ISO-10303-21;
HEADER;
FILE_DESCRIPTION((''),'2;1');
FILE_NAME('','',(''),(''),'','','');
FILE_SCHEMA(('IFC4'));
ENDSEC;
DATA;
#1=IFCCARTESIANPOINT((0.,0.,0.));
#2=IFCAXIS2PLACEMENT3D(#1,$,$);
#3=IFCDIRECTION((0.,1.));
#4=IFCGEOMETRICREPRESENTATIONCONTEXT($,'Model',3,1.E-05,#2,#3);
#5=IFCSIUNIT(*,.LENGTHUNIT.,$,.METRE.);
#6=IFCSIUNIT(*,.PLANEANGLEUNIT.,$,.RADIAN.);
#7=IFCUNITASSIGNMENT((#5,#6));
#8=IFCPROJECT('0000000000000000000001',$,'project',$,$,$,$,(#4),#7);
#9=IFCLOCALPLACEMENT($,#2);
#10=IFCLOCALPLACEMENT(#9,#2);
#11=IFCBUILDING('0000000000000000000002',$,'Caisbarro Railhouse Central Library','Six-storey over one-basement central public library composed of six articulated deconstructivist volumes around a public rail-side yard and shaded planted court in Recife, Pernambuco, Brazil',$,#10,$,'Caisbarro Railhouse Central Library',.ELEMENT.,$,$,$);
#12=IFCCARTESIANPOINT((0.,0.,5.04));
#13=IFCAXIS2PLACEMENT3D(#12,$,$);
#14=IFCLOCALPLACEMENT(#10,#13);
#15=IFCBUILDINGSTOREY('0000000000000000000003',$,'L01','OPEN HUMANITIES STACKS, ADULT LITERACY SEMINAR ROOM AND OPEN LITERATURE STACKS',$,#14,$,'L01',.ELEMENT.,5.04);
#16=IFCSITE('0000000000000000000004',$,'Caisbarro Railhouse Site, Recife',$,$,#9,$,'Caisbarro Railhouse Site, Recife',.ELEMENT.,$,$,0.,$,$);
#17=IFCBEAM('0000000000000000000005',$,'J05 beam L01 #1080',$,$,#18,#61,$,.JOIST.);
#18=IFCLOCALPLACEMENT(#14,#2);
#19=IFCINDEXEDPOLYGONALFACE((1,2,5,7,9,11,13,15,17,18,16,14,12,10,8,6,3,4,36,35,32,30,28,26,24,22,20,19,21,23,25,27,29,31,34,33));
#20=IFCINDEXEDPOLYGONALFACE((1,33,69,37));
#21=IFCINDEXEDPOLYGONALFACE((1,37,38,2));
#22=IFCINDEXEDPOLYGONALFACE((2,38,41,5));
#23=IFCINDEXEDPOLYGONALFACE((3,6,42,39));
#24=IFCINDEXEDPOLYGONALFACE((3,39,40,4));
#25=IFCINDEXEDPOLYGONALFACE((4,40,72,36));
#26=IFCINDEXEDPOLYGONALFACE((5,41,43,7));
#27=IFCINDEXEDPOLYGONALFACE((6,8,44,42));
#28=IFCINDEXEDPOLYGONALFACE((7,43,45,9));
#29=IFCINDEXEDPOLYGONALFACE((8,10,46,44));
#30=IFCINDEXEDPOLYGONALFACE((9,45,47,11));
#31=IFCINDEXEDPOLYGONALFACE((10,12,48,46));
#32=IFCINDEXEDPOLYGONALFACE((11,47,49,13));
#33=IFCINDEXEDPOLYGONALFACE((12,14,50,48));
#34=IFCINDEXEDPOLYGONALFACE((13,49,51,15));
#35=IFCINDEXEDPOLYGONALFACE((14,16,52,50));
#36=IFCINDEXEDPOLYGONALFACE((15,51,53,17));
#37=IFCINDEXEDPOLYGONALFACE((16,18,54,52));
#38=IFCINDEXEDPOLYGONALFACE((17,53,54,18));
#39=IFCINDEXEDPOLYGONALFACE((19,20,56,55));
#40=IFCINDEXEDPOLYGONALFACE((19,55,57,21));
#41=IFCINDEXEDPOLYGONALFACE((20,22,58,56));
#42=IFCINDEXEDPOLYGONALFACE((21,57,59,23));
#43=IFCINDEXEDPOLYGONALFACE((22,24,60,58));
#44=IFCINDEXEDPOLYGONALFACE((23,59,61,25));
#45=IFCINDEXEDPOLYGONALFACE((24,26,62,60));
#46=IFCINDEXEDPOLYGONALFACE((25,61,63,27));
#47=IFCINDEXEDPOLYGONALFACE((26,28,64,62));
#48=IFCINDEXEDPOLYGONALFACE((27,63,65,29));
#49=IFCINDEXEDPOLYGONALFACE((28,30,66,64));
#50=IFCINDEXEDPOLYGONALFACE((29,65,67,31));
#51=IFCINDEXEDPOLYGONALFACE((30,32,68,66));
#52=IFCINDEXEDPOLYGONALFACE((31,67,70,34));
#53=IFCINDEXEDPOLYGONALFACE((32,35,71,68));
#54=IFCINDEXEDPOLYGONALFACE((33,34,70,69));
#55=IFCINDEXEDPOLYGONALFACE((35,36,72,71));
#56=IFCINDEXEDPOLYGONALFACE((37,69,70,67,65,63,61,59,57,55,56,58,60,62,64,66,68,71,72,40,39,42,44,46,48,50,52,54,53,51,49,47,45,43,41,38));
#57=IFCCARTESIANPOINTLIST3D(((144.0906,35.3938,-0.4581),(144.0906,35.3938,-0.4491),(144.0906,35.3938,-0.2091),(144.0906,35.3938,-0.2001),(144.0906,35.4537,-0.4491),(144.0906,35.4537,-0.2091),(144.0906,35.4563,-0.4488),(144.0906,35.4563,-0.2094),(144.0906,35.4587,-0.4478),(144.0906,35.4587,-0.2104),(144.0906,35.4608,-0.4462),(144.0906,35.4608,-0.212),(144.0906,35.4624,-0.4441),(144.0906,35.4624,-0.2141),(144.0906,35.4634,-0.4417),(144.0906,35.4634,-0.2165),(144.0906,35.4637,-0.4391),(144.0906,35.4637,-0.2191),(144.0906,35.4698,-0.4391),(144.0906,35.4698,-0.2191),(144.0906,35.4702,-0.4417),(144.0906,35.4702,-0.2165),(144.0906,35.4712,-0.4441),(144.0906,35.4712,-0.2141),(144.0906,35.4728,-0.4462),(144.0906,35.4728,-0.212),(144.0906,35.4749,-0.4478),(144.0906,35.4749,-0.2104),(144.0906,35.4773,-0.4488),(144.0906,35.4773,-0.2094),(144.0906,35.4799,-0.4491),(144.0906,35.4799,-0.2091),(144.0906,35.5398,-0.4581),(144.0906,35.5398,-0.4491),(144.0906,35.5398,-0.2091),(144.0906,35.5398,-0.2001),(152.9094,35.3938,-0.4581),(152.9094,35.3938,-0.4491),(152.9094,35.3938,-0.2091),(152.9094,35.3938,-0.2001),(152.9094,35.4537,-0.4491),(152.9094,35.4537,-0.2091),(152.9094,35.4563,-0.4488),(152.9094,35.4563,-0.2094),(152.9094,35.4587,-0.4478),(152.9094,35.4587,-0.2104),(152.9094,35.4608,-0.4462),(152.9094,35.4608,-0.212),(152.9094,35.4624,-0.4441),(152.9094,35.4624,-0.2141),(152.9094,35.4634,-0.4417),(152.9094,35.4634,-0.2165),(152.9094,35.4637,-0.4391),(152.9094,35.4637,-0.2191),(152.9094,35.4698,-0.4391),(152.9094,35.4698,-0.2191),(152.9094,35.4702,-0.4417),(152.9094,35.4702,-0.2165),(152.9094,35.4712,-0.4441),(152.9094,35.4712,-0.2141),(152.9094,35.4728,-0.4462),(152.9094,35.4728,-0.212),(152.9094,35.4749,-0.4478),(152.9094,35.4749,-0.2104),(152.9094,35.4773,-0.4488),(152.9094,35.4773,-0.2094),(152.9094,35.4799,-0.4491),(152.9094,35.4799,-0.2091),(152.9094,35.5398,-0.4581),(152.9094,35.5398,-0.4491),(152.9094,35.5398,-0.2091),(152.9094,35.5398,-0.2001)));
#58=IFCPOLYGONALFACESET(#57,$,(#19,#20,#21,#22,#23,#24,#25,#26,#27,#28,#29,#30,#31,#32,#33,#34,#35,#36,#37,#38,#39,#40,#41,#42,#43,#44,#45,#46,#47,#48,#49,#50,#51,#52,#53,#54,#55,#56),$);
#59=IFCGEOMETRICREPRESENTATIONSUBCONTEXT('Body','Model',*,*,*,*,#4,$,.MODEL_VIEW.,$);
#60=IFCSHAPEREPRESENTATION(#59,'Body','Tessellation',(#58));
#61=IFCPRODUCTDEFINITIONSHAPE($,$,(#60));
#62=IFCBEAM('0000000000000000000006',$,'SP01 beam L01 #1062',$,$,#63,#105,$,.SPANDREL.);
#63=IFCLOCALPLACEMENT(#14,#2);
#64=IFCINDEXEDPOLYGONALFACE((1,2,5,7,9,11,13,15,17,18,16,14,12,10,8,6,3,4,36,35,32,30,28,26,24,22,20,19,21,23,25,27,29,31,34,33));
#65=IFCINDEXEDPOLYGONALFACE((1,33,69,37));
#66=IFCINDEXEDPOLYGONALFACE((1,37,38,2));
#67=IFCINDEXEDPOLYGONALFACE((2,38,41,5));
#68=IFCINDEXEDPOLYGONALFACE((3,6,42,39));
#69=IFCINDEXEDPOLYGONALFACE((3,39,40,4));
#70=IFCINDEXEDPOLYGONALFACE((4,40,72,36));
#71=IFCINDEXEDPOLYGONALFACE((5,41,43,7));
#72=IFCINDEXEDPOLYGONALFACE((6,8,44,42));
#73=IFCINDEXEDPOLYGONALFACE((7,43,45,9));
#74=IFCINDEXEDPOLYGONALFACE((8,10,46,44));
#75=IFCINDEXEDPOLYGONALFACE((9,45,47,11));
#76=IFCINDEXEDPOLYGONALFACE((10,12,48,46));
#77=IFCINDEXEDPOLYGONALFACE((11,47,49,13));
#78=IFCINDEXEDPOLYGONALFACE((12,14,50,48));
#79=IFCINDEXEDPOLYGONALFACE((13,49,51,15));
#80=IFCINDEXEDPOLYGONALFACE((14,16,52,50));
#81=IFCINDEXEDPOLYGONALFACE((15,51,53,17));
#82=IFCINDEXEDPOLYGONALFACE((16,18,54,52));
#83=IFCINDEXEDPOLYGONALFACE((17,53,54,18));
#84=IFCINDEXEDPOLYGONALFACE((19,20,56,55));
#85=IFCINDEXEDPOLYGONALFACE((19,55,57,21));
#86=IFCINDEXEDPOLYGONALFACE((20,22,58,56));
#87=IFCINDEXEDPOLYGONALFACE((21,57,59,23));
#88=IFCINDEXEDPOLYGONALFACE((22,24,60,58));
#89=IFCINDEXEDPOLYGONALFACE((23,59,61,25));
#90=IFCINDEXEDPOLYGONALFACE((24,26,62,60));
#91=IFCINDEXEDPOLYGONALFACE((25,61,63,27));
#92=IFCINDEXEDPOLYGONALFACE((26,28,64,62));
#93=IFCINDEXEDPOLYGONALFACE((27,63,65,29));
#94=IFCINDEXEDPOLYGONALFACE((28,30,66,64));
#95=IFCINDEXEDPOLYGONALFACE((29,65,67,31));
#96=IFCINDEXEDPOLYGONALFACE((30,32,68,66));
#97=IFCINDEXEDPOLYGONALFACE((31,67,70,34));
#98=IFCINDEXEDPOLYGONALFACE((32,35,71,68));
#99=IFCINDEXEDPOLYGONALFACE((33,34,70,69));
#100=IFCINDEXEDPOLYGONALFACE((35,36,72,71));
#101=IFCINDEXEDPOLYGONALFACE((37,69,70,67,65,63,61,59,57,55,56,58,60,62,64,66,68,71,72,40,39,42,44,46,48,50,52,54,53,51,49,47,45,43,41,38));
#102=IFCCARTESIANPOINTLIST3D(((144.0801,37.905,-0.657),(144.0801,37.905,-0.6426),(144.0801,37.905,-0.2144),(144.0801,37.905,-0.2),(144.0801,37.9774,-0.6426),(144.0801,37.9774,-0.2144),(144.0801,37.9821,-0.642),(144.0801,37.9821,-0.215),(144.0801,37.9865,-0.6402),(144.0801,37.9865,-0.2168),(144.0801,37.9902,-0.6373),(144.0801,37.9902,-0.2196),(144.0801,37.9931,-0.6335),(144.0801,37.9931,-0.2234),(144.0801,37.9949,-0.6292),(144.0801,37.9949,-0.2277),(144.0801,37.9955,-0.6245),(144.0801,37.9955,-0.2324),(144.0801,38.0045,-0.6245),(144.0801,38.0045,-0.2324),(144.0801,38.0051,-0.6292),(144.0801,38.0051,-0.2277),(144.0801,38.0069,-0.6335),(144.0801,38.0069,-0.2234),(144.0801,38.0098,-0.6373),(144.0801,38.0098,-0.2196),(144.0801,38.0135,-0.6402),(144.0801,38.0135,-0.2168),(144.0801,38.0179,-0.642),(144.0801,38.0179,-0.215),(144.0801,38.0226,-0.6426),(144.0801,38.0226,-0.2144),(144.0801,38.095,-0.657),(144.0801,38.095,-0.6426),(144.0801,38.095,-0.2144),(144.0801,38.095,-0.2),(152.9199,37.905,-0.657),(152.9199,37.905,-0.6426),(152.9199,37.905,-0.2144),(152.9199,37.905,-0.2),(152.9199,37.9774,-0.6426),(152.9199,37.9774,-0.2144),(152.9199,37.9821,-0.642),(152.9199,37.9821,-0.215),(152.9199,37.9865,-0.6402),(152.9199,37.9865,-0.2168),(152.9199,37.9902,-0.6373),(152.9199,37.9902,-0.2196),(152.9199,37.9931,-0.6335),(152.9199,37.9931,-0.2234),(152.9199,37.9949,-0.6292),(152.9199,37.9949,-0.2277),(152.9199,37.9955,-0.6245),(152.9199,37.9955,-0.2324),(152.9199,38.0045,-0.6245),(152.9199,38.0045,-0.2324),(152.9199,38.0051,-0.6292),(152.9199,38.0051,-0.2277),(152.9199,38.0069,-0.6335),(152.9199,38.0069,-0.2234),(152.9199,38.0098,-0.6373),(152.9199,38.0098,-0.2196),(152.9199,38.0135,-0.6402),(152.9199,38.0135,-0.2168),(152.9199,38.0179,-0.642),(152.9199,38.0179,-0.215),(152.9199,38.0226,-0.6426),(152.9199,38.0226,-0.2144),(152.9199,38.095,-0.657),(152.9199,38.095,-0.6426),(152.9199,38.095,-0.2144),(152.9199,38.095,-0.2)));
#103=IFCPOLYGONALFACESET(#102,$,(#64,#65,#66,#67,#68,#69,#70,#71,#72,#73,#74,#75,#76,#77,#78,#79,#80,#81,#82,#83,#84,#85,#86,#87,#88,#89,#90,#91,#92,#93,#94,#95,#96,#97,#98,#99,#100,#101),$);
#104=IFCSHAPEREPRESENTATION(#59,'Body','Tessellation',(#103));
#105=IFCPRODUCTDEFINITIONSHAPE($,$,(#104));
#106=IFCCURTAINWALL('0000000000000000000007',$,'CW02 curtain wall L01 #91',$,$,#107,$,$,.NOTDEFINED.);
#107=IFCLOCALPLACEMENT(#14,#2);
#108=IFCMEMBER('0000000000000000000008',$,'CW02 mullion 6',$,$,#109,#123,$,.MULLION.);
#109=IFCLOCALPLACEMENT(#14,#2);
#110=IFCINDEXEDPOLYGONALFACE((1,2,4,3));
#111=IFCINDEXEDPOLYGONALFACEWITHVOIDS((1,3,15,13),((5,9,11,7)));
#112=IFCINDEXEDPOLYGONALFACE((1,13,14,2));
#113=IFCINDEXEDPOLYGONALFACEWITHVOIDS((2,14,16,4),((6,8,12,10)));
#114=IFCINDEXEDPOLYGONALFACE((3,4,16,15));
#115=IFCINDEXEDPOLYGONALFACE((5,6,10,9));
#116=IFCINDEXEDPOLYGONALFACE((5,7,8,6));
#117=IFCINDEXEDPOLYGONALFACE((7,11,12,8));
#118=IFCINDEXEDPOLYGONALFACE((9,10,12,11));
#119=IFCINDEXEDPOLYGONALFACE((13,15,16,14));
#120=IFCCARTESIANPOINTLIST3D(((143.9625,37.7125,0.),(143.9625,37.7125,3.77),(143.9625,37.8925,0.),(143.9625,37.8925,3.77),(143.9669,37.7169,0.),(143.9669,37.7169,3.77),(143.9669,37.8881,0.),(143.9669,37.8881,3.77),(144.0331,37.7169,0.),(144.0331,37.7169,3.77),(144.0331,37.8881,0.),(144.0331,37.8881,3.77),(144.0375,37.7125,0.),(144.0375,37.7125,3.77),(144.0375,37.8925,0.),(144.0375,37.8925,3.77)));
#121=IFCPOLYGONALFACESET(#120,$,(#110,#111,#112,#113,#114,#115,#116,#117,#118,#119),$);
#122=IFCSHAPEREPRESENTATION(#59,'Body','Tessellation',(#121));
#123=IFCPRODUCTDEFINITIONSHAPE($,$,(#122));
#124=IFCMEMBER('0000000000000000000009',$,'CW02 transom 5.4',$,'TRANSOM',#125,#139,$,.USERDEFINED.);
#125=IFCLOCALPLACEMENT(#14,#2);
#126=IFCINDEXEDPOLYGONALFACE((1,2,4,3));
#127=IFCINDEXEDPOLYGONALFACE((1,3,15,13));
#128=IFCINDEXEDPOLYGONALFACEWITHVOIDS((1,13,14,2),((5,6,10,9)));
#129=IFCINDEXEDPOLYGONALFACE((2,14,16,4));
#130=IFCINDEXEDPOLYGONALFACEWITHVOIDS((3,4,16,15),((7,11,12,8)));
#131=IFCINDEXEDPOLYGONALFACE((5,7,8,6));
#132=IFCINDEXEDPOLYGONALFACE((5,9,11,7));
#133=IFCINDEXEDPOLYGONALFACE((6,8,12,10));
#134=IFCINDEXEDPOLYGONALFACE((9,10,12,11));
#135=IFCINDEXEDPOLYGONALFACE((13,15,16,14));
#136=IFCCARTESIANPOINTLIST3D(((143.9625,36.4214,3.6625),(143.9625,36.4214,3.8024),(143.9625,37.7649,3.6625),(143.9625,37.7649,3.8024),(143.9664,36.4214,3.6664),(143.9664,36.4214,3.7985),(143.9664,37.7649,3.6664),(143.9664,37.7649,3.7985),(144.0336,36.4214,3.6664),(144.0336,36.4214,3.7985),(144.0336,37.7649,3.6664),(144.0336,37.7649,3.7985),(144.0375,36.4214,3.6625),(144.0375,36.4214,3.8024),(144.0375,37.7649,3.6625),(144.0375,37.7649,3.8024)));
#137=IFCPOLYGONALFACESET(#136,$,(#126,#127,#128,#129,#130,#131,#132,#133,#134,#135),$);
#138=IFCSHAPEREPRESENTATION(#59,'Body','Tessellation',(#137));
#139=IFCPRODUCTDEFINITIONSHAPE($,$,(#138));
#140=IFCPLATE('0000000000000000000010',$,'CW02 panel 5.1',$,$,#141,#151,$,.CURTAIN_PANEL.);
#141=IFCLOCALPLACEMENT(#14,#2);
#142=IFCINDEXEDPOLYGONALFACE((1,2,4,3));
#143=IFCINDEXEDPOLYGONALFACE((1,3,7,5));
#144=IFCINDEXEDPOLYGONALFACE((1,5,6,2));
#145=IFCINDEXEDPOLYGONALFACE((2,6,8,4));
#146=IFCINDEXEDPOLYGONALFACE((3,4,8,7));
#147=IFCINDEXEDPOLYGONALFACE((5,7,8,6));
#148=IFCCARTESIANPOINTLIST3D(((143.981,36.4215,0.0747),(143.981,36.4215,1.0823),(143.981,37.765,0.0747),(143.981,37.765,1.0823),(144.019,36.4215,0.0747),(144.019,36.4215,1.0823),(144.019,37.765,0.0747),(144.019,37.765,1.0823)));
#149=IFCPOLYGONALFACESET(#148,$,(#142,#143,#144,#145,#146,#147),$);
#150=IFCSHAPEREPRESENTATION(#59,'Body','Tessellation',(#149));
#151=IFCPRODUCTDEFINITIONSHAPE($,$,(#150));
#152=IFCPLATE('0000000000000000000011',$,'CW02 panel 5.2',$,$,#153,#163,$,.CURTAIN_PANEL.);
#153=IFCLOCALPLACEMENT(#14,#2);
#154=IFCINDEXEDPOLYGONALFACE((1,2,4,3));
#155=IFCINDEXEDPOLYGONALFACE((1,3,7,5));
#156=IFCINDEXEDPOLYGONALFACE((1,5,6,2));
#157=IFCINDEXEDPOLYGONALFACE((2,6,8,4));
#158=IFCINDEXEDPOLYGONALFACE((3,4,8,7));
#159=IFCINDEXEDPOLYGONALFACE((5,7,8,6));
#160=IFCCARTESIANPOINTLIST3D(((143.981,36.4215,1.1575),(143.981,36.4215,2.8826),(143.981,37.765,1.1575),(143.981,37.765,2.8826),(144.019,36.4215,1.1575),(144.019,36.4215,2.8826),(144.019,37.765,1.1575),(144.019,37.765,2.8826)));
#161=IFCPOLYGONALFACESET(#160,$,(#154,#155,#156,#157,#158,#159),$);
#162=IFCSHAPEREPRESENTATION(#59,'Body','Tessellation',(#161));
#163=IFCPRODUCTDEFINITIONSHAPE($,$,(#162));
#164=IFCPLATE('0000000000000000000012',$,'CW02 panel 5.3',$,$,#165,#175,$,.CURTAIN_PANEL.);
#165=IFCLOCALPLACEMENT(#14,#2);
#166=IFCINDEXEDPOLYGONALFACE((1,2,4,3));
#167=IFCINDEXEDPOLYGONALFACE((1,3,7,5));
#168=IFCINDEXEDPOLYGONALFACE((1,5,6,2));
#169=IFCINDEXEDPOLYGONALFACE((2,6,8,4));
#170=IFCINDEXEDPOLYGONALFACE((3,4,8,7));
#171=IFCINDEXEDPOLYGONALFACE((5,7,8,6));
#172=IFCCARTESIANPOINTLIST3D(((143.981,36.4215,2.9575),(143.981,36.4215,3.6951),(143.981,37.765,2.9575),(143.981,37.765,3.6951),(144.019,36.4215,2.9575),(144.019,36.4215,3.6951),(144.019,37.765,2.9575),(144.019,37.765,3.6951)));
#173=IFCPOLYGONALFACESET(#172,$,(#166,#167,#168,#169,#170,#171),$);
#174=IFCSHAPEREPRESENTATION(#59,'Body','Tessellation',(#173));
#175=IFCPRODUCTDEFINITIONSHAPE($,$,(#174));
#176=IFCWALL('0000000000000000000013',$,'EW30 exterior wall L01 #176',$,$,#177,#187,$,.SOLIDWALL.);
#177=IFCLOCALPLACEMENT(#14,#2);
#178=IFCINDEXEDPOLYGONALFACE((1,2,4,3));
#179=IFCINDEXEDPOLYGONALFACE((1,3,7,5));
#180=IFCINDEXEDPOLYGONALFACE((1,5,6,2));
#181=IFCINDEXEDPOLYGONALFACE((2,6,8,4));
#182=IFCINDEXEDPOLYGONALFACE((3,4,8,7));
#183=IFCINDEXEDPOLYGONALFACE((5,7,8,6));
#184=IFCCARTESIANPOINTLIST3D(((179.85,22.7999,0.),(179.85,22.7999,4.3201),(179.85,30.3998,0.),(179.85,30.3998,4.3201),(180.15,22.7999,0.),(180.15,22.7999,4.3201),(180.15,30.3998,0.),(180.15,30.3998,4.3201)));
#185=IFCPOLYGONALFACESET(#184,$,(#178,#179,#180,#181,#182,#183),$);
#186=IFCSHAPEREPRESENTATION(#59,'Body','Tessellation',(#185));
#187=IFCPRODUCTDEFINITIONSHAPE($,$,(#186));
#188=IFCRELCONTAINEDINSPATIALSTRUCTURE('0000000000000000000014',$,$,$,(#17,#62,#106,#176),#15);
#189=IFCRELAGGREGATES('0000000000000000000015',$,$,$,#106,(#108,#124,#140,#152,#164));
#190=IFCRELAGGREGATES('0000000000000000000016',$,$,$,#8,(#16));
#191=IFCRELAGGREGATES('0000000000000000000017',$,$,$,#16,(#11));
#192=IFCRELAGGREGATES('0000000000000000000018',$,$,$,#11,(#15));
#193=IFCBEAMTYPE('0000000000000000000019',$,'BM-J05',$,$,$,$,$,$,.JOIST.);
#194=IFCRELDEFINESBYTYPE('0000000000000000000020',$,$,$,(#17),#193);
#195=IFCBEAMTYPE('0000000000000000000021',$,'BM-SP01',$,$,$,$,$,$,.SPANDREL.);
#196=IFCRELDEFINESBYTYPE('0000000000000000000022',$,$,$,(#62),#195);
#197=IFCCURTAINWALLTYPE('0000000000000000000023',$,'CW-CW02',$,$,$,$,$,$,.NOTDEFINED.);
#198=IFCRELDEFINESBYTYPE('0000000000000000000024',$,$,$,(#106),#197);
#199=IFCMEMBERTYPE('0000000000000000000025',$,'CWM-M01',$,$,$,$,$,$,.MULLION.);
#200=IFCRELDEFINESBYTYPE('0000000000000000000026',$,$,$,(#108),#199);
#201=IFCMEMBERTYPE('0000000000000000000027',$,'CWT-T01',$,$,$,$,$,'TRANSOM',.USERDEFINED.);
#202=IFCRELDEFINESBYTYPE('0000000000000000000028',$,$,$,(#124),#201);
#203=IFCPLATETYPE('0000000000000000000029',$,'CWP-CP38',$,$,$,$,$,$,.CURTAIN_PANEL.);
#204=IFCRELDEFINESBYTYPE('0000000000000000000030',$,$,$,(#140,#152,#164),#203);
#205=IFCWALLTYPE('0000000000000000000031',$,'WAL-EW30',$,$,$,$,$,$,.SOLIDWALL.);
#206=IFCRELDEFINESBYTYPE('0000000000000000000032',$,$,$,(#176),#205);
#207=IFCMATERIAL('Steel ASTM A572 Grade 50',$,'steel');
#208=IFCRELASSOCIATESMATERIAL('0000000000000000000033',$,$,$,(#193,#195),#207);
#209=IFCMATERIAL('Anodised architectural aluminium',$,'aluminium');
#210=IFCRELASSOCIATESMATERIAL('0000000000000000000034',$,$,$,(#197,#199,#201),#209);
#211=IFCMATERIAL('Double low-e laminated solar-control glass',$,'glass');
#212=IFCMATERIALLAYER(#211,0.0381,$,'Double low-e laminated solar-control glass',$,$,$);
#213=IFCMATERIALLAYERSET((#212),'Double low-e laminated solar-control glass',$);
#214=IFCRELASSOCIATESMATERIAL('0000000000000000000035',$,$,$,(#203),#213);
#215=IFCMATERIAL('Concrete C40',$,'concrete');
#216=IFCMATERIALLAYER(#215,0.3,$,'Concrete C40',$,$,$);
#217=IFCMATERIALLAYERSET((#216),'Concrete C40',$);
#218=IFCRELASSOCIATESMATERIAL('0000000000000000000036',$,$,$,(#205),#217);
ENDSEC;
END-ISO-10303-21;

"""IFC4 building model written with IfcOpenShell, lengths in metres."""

from ifc_helpers import new_model, si_unit, direction, frame, frame_2d, origin, origin_2d, place, context, subcontext, project, spatial, rectangle, hollow_rectangle, i_section, extrude, material, layer, layer_set, material_profile, profile_set, type_object, element, aggregate, save


model = new_model("IFC4")

# Units and contexts
model_context = context("Model", 3, precision=1e-05, world=origin(), true_north=direction((0.0, 1.0)))
body_context = subcontext(model_context, "Body", "Model", "MODEL_VIEW")
ifc_project = project(units=[si_unit("LENGTHUNIT", "METRE"), si_unit("PLANEANGLEUNIT", "RADIAN")], contexts=[model_context])

# Site, building, storey
site_placement = place(None, origin())
site = spatial("IfcSite", under=ifc_project, at=site_placement, Name="Caisbarro Railhouse Site, Recife", LongName="Caisbarro Railhouse Site, Recife", CompositionType="ELEMENT", RefElevation=0.0)
building_placement = place(site_placement, origin())
building = spatial("IfcBuilding", under=site, at=building_placement, Name="Caisbarro Railhouse Central Library", Description="Six-storey over one-basement central public library composed of six articulated deconstructivist volumes around a public rail-side yard and shaded planted court in Recife, Pernambuco, Brazil", LongName="Caisbarro Railhouse Central Library", CompositionType="ELEMENT")
storey_placement = place(building_placement, frame((0.0, 0.0, 5.04)))
storey = spatial("IfcBuildingStorey", under=building, at=storey_placement, Name="L01", Description="OPEN HUMANITIES STACKS, ADULT LITERACY SEMINAR ROOM AND OPEN LITERATURE STACKS", LongName="L01", CompositionType="ELEMENT", Elevation=5.04)

# Shared definitions
ifc_material_1 = material(Name="Steel ASTM A572 Grade 50", Category="steel")

# Beams
ifc_material_profile_1 = material_profile(ifc_material_1, i_section(OverallWidth=0.146, OverallDepth=0.2581, WebThickness=0.0061, FlangeThickness=0.009, FilletRadius=0.01, at=origin_2d()), Name="W250X32.7")
ifc_profile_set_1 = profile_set([ifc_material_profile_1], Name="Steel ASTM A572 Grade 50")
beam_type_1 = type_object("IfcBeamType", Name="BM-J05", PredefinedType="JOIST", material=ifc_profile_set_1)
for number, where, z_axis, x_axis, name in (
    (1, (144.0906, 35.4668, -0.3291), (1.0, 0.0, 0.0), (0.0, 1.0, 0.0), "J05 beam L01 #1080"),
):
    element("IfcBeam", number, at=place(storey_placement, frame(where, z_axis=z_axis, x_axis=x_axis)), inside=storey, type_object=beam_type_1, Name=name, PredefinedType="JOIST", context=body_context, shape_type="SweptSolid", body=[
        extrude(i_section(OverallWidth=0.146, OverallDepth=0.2581, WebThickness=0.0061, FlangeThickness=0.009, FilletRadius=0.01, at=origin_2d()), origin(), (0.0, 0.0, 1.0), 8.8188),
    ])
ifc_material_profile_2 = material_profile(ifc_material_1, i_section(OverallWidth=0.1899, OverallDepth=0.457, WebThickness=0.009, FlangeThickness=0.0144, FilletRadius=0.0181, at=origin_2d()), Name="W460X74.0")
ifc_profile_set_2 = profile_set([ifc_material_profile_2], Name="Steel ASTM A572 Grade 50")
beam_type_2 = type_object("IfcBeamType", Name="BM-SP01", PredefinedType="SPANDREL", material=ifc_profile_set_2)
beam_1_placement = place(storey_placement, frame((144.0801, 38.0, -0.4285), z_axis=(1.0, 0.0, 0.0), x_axis=(0.0, 1.0, 0.0)))
element("IfcBeam", 2, at=beam_1_placement, inside=storey, type_object=beam_type_2, Name="SP01 beam L01 #1062", PredefinedType="SPANDREL", context=body_context, shape_type="SweptSolid", body=[
    extrude(i_section(OverallWidth=0.1899, OverallDepth=0.457, WebThickness=0.009, FlangeThickness=0.0144, FilletRadius=0.0181, at=origin_2d()), origin(), (0.0, 0.0, 1.0), 8.8398),
])

# Curtain wall, members, plates
ifc_material_2 = material(Name="Anodised architectural aluminium", Category="aluminium")
curtain_wall_type = type_object("IfcCurtainWallType", Name="CW-CW02", PredefinedType="NOTDEFINED", material=ifc_material_2)
curtain_wall_placement = place(storey_placement, origin())
curtain_wall = element("IfcCurtainWall", 3, at=curtain_wall_placement, inside=storey, type_object=curtain_wall_type, Name="CW02 curtain wall L01 #91", PredefinedType="NOTDEFINED")
ifc_material_profile_3 = material_profile(ifc_material_2, hollow_rectangle(XDim=0.075, YDim=0.1799, WallThickness=0.0044, at=origin_2d()), Name="ALU-MUL-75X180")
ifc_profile_set_3 = profile_set([ifc_material_profile_3], Name="Anodised architectural aluminium")
member_type_1 = type_object("IfcMemberType", Name="CWM-M01", PredefinedType="MULLION", material=ifc_profile_set_3)
member_1_placement = place(storey_placement, frame((144.0, 37.8025, 0.0), z_axis=(0.0, 0.0, 1.0), x_axis=(-1.0, 0.0, 0.0)))
member_1 = element("IfcMember", 4, at=member_1_placement, type_object=member_type_1, Name="CW02 mullion 6", PredefinedType="MULLION", context=body_context, shape_type="SweptSolid", body=[
    extrude(hollow_rectangle(XDim=0.075, YDim=0.1799, WallThickness=0.0044, at=origin_2d()), origin(), (0.0, 0.0, 1.0), 3.77),
])
ifc_material_profile_4 = material_profile(ifc_material_2, hollow_rectangle(XDim=0.075, YDim=0.1399, WallThickness=0.0039, at=origin_2d()), Name="ALU-TRN-75X140")
ifc_profile_set_4 = profile_set([ifc_material_profile_4], Name="Anodised architectural aluminium")
member_type_2 = type_object("IfcMemberType", Name="CWT-T01", ElementType="TRANSOM", PredefinedType="USERDEFINED", material=ifc_profile_set_4)
member_2_placement = place(storey_placement, frame((144.0, 36.4214, 3.7324), z_axis=(0.0, 1.0, 0.0), x_axis=(-1.0, 0.0, 0.0)))
member_2 = element("IfcMember", 5, at=member_2_placement, type_object=member_type_2, Name="CW02 transom 5.4", ObjectType="TRANSOM", PredefinedType="USERDEFINED", context=body_context, shape_type="SweptSolid", body=[
    extrude(hollow_rectangle(XDim=0.075, YDim=0.1399, WallThickness=0.0039, at=origin_2d()), origin(), (0.0, 0.0, 1.0), 1.3435),
])
ifc_material_3 = material(Name="Double low-e laminated solar-control glass", Category="glass")
ifc_layer_1 = layer(ifc_material_3, 0.0381, Name="Double low-e laminated solar-control glass")
ifc_layer_set_1 = layer_set([ifc_layer_1], Name="Double low-e laminated solar-control glass")
plate_type = type_object("IfcPlateType", Name="CWP-CP38", PredefinedType="CURTAIN_PANEL", material=ifc_layer_set_1)
plate_1_placement = place(storey_placement, frame((144.0, 37.0933, 0.0747), z_axis=(0.0, 0.0, 1.0), x_axis=(0.0, 1.0, 0.0)))
plate_1 = element("IfcPlate", 6, at=plate_1_placement, type_object=plate_type, Name="CW02 panel 5.1", PredefinedType="CURTAIN_PANEL", context=body_context, shape_type="SweptSolid", body=[
    extrude(rectangle(XDim=1.3435, YDim=0.0381, at=origin_2d()), origin(), (0.0, 0.0, 1.0), 1.0076),
])
plate_2_placement = place(storey_placement, frame((144.0, 37.0933, 1.1575), z_axis=(0.0, 0.0, 1.0), x_axis=(0.0, 1.0, 0.0)))
plate_2 = element("IfcPlate", 7, at=plate_2_placement, type_object=plate_type, Name="CW02 panel 5.2", PredefinedType="CURTAIN_PANEL", context=body_context, shape_type="SweptSolid", body=[
    extrude(rectangle(XDim=1.3435, YDim=0.0381, at=origin_2d()), origin(), (0.0, 0.0, 1.0), 1.7251),
])
plate_3_placement = place(storey_placement, frame((144.0, 37.0933, 2.9575), z_axis=(0.0, 0.0, 1.0), x_axis=(0.0, 1.0, 0.0)))
plate_3 = element("IfcPlate", 8, at=plate_3_placement, type_object=plate_type, Name="CW02 panel 5.3", PredefinedType="CURTAIN_PANEL", context=body_context, shape_type="SweptSolid", body=[
    extrude(rectangle(XDim=1.3435, YDim=0.0381, at=origin_2d()), origin(), (0.0, 0.0, 1.0), 0.7375),
])
aggregate(curtain_wall, [member_1, member_2, plate_1, plate_2, plate_3])

# Wall
ifc_material_4 = material(Name="Concrete C40", Category="concrete")
ifc_layer_2 = layer(ifc_material_4, 0.3, Name="Concrete C40")
ifc_layer_set_2 = layer_set([ifc_layer_2], Name="Concrete C40")
wall_type = type_object("IfcWallType", Name="WAL-EW30", PredefinedType="SOLIDWALL", material=ifc_layer_set_2)
wall_1_placement = place(storey_placement, frame((180.0, 22.8, 0.0), z_axis=(0.0, 0.0, 1.0), x_axis=(0.0, 1.0, 0.0)))
element("IfcWall", 9, at=wall_1_placement, inside=storey, type_object=wall_type, Name="EW30 exterior wall L01 #176", PredefinedType="SOLIDWALL", context=body_context, shape_type="SweptSolid", body=[
    extrude(rectangle(XDim=7.5999, YDim=0.3, at=frame_2d((3.7998, 0.0))), origin(), (0.0, 0.0, 1.0), 4.3201),
])

save(model, "model.ifc")
